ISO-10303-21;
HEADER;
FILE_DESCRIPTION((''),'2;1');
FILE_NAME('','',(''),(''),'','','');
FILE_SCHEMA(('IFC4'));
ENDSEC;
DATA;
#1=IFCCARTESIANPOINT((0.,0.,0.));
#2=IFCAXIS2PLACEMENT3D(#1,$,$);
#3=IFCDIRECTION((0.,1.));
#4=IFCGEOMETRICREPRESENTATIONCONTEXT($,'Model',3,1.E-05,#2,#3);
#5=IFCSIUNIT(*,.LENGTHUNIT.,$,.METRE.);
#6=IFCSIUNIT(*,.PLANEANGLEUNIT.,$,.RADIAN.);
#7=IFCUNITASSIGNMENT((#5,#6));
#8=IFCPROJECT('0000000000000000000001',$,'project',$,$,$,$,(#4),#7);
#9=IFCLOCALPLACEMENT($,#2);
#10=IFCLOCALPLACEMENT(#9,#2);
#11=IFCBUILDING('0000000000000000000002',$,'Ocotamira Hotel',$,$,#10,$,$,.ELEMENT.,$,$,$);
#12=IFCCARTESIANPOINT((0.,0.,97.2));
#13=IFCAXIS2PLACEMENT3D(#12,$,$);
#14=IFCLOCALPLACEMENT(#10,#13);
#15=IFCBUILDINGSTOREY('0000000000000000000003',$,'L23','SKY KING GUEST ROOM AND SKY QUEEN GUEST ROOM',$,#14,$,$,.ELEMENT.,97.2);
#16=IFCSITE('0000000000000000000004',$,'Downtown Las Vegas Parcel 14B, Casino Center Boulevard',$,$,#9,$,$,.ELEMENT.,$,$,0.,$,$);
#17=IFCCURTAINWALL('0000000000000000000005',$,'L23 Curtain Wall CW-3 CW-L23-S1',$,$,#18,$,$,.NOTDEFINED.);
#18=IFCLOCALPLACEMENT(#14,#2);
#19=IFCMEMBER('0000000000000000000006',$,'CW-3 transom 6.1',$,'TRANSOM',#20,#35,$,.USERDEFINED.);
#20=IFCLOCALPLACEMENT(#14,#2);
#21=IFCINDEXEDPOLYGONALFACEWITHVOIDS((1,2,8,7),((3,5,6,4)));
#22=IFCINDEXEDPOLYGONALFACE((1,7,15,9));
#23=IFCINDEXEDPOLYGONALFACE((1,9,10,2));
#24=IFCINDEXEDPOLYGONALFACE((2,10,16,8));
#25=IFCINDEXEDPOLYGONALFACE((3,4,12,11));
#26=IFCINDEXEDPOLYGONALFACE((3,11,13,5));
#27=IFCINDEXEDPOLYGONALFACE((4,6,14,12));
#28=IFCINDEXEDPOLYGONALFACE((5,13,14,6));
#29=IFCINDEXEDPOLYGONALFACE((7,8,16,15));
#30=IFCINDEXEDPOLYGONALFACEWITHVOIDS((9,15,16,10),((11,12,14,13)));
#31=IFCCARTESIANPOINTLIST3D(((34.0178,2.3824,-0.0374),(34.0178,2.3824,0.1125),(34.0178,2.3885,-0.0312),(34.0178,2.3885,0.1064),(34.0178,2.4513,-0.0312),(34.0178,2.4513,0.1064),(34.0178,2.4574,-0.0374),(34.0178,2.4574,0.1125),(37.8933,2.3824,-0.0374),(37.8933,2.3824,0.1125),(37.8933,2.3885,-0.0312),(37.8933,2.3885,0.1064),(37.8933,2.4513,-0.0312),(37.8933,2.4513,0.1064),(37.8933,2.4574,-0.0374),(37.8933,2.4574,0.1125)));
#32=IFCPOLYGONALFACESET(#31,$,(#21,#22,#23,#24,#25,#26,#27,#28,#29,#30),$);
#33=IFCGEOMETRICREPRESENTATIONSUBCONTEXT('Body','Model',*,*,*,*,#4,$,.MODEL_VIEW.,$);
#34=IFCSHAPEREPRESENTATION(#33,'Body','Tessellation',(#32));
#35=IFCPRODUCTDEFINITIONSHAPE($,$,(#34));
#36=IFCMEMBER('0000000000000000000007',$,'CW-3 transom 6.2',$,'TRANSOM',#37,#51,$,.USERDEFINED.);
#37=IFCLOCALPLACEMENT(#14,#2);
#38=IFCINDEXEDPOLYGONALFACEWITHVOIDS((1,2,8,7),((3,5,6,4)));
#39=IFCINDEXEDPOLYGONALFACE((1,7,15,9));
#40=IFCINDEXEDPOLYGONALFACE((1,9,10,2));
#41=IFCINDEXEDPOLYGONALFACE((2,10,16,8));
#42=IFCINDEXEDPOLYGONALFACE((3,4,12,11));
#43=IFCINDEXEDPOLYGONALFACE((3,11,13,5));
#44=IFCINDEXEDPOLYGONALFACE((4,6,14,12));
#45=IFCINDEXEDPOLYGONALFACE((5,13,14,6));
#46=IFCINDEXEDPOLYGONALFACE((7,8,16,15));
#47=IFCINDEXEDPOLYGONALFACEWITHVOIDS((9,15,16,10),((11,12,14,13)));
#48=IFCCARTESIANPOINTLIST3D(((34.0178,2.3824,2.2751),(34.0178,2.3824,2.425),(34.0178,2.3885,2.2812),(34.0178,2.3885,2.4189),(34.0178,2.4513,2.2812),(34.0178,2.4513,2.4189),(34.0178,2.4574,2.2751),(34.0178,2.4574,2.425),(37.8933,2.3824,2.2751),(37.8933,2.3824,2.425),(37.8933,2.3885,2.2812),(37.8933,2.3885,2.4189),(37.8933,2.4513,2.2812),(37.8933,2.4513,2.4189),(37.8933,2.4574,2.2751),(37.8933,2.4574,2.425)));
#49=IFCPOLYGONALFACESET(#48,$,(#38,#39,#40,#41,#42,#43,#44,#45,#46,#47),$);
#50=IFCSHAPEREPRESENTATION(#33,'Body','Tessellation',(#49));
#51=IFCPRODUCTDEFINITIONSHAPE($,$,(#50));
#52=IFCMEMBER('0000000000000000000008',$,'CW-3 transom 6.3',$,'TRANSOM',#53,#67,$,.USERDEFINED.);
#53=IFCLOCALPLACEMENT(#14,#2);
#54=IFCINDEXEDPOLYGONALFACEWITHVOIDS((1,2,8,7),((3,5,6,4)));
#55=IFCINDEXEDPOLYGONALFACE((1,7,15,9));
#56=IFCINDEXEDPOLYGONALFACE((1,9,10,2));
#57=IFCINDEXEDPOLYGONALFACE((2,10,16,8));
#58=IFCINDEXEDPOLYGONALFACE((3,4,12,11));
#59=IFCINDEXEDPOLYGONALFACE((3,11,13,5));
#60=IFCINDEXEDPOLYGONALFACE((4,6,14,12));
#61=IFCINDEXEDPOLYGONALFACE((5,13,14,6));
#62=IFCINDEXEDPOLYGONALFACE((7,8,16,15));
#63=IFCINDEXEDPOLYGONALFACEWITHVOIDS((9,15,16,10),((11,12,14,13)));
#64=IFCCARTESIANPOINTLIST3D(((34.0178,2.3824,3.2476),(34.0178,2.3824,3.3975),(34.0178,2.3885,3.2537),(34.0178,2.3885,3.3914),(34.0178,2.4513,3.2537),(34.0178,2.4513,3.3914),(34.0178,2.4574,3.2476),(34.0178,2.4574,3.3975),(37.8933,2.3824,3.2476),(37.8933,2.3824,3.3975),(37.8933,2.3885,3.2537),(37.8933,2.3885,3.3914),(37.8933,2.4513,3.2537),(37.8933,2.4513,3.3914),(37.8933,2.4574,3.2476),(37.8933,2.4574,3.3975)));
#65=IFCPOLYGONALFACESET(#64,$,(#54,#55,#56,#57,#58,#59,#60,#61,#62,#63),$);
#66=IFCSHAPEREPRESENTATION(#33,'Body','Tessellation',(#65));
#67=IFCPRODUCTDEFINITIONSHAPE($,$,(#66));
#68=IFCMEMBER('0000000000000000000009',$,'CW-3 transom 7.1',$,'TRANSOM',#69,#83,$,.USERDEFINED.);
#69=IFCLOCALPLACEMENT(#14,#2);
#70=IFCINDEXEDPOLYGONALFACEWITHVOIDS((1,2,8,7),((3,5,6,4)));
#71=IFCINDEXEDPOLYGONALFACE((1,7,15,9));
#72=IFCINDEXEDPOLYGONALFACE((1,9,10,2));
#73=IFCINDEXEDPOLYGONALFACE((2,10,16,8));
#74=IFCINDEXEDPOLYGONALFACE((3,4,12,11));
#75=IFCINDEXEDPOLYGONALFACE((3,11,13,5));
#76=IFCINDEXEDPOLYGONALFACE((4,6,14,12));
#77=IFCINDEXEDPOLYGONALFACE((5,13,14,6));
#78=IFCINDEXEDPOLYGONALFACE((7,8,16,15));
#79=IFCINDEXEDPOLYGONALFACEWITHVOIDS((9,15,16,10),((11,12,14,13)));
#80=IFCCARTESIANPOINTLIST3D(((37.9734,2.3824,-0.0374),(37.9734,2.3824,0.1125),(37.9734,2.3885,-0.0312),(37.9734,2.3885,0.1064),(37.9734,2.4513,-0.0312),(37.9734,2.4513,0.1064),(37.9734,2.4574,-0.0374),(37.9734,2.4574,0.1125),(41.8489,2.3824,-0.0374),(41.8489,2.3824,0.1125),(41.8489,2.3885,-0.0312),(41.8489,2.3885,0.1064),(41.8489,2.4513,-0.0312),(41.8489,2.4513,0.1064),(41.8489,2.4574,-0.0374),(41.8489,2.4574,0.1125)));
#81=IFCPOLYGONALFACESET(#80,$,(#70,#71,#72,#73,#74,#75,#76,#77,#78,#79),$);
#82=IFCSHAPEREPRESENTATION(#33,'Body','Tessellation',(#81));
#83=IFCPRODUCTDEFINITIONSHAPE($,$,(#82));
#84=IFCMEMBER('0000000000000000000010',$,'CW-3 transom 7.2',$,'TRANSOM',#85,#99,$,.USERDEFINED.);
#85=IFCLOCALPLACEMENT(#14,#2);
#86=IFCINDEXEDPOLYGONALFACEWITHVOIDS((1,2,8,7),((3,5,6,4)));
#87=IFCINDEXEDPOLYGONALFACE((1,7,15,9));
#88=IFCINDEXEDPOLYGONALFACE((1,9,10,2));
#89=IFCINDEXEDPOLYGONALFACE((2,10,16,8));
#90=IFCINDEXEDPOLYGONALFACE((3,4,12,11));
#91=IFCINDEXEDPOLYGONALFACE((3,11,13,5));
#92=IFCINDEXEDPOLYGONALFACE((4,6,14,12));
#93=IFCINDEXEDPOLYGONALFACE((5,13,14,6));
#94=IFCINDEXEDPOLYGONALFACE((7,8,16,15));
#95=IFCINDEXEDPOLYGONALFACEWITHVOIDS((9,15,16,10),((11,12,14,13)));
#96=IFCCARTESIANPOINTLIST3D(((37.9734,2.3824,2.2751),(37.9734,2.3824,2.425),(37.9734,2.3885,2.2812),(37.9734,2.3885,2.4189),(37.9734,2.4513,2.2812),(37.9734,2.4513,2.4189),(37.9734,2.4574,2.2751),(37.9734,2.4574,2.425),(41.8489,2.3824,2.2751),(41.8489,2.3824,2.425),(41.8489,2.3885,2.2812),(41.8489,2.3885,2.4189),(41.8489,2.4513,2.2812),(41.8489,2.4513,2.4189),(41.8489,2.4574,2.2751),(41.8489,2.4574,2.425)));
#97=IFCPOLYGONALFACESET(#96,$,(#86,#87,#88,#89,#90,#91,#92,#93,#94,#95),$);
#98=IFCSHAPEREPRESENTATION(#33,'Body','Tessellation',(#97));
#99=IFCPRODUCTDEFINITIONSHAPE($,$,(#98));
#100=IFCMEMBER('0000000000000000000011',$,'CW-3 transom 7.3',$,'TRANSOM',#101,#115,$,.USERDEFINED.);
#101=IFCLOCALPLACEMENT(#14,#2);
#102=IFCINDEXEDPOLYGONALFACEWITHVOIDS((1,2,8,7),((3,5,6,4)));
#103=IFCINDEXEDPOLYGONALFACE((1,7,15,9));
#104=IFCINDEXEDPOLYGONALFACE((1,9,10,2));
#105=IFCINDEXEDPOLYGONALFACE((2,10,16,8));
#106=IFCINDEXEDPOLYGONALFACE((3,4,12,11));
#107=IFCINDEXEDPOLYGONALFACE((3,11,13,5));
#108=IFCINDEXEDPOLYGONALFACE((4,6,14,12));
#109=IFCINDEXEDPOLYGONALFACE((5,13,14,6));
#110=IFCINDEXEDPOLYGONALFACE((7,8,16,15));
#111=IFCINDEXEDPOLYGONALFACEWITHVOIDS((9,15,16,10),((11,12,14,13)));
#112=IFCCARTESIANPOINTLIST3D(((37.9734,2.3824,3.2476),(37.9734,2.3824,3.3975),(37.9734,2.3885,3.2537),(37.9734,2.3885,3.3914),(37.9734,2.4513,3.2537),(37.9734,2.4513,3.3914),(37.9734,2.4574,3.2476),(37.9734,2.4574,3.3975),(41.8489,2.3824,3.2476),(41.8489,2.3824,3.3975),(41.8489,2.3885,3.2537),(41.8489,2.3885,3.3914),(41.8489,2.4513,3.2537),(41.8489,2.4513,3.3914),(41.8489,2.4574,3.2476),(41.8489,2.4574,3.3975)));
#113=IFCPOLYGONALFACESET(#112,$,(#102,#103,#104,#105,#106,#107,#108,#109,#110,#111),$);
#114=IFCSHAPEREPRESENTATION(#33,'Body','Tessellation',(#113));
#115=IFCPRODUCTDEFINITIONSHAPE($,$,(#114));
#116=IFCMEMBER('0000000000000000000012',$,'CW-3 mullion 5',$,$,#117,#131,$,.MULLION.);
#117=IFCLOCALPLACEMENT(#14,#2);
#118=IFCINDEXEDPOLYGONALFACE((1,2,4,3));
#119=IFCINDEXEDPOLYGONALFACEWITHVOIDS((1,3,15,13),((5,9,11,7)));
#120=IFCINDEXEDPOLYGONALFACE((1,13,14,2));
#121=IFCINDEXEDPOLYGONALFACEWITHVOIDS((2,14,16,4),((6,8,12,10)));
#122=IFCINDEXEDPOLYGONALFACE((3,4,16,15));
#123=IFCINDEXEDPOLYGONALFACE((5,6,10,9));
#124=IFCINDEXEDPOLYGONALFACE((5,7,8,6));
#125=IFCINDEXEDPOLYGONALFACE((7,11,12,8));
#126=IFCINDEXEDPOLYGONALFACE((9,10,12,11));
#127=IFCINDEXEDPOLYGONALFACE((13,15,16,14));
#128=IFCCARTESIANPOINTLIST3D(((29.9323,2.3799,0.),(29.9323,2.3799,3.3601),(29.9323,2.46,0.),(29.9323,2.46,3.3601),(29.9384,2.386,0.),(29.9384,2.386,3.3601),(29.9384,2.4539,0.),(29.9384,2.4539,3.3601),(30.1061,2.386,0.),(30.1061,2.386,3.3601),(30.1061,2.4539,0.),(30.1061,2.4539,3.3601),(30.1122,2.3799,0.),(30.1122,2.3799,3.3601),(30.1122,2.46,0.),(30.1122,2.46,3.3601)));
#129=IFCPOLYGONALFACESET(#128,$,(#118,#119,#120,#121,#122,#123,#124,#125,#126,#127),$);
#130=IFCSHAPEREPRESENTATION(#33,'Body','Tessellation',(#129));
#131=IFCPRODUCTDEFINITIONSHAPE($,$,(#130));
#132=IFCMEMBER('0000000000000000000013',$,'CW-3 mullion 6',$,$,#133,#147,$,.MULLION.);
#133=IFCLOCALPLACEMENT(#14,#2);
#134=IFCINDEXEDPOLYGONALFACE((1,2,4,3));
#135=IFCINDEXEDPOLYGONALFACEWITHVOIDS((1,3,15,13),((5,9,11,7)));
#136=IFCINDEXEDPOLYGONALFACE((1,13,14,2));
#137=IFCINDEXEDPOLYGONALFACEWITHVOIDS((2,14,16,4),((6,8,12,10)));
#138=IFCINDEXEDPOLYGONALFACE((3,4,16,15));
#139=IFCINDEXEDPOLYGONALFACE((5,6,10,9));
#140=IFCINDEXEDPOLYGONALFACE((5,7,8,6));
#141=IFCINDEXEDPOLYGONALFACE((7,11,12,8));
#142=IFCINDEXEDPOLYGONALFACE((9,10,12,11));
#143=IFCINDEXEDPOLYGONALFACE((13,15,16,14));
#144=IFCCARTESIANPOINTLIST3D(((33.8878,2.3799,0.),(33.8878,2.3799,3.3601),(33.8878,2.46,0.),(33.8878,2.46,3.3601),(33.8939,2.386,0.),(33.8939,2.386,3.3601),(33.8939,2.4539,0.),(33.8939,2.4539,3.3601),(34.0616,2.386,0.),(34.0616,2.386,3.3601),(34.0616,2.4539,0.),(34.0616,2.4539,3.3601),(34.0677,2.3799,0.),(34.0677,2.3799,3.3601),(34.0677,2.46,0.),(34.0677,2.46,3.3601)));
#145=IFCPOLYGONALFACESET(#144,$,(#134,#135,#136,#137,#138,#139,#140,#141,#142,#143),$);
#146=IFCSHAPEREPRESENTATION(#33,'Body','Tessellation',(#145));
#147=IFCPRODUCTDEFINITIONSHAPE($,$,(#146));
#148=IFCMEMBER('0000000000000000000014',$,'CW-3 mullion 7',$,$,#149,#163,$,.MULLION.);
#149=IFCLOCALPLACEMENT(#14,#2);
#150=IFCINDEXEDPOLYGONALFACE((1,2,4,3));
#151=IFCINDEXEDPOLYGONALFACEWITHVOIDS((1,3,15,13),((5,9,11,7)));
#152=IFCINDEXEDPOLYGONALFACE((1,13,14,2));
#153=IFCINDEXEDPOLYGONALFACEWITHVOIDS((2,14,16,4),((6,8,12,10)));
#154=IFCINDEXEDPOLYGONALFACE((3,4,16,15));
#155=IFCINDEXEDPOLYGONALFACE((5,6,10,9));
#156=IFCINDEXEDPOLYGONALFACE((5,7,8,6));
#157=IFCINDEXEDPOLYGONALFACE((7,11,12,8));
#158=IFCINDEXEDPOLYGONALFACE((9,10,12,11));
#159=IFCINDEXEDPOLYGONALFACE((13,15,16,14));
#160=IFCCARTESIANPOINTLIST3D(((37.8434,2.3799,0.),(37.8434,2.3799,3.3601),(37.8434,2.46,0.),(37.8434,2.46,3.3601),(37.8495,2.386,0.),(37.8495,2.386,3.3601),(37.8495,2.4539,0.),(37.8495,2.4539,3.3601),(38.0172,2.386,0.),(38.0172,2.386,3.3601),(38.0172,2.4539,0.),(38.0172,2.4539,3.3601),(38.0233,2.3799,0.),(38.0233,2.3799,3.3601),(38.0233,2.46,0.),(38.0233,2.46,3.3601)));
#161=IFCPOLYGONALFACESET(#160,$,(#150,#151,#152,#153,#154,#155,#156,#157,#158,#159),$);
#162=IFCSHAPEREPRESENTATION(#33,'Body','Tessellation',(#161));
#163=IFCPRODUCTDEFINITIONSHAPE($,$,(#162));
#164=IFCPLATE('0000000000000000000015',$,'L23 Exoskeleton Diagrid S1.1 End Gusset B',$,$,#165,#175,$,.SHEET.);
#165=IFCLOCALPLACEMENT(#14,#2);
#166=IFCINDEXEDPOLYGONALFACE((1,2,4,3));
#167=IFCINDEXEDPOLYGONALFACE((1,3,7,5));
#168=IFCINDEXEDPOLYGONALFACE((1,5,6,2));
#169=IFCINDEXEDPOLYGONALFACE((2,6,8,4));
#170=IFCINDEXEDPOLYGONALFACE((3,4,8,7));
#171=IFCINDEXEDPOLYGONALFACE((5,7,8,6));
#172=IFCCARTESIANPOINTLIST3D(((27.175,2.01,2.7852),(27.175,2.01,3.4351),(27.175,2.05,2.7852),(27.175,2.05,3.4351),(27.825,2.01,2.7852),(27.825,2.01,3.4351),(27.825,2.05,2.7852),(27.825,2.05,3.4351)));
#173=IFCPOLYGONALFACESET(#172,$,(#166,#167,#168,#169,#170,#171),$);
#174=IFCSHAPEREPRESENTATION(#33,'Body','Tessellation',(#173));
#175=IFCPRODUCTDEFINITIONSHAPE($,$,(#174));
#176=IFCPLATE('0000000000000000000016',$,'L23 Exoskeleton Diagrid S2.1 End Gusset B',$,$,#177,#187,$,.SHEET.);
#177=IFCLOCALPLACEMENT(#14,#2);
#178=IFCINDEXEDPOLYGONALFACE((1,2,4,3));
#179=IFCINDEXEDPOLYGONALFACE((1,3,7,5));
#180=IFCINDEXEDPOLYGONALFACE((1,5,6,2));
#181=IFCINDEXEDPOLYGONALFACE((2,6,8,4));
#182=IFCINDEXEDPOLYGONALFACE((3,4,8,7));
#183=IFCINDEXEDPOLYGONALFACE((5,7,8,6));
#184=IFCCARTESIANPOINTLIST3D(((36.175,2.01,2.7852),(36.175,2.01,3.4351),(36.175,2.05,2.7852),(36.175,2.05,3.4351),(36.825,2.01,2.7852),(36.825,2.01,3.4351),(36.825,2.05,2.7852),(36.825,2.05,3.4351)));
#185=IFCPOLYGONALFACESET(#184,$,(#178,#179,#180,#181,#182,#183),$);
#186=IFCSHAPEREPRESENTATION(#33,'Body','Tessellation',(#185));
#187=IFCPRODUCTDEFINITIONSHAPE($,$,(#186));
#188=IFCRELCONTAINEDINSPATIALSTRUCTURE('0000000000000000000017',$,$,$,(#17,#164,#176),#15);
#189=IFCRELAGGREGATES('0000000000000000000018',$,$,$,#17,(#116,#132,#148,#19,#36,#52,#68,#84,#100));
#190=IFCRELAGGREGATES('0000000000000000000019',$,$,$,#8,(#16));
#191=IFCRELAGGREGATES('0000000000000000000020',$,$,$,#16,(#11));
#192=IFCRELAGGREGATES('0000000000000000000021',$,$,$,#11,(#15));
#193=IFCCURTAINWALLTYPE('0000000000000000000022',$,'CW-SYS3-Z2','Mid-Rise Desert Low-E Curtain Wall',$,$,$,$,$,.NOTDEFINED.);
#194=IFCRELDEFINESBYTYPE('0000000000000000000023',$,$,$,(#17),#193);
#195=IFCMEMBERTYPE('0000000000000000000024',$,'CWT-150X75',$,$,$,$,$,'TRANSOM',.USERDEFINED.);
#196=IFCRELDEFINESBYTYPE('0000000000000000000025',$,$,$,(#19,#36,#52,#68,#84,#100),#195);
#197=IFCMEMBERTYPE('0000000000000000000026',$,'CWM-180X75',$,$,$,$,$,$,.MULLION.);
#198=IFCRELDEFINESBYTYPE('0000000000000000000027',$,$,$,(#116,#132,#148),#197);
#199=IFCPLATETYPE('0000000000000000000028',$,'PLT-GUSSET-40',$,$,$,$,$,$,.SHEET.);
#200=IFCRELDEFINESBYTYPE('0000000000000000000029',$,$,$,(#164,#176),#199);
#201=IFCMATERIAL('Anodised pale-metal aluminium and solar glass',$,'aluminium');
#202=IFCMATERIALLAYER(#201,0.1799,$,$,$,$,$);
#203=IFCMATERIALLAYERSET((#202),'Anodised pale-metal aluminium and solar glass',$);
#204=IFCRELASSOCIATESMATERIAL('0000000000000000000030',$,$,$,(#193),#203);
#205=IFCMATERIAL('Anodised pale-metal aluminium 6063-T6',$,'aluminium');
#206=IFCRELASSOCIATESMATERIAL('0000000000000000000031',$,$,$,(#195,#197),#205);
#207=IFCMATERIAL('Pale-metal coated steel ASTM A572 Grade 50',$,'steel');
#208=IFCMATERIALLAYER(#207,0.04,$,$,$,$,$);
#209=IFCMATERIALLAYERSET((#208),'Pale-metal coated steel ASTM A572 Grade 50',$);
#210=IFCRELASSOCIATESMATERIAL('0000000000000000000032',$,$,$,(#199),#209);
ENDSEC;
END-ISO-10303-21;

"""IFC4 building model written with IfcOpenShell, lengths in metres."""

from ifc_helpers import new_model, si_unit, direction, frame, origin, origin_2d, place, context, subcontext, project, spatial, rectangle, hollow_rectangle, extrude, source, transform, mapped, material, layer, layer_set, material_profile, profile_set, type_object, element, aggregate, save


model = new_model("IFC4")

# Units and contexts
model_context = context("Model", 3, precision=1e-05, world=origin(), true_north=direction((0.0, 1.0)))
body_context = subcontext(model_context, "Body", "Model", "MODEL_VIEW")
ifc_project = project(units=[si_unit("LENGTHUNIT", "METRE"), si_unit("PLANEANGLEUNIT", "RADIAN")], contexts=[model_context])

# Site, building, storey
site_placement = place(None, origin())
site = spatial("IfcSite", under=ifc_project, at=site_placement, Name="Downtown Las Vegas Parcel 14B, Casino Center Boulevard", CompositionType="ELEMENT", RefElevation=0.0)
building_placement = place(site_placement, origin())
building = spatial("IfcBuilding", under=site, at=building_placement, Name="Ocotamira Hotel", CompositionType="ELEMENT")
storey_placement = place(building_placement, frame((0.0, 0.0, 97.2)))
storey = spatial("IfcBuildingStorey", under=building, at=storey_placement, Name="L23", Description="SKY KING GUEST ROOM AND SKY QUEEN GUEST ROOM", CompositionType="ELEMENT", Elevation=97.2)

# Curtain wall, members
ifc_material_1 = material(Name="Anodised pale-metal aluminium and solar glass", Category="aluminium")
ifc_layer_1 = layer(ifc_material_1, 0.1799)
ifc_layer_set_1 = layer_set([ifc_layer_1], Name="Anodised pale-metal aluminium and solar glass")
curtain_wall_type = type_object("IfcCurtainWallType", Name="CW-SYS3-Z2", Description="Mid-Rise Desert Low-E Curtain Wall", PredefinedType="NOTDEFINED", material=ifc_layer_set_1)
curtain_wall_placement = place(storey_placement, origin())
curtain_wall = element("IfcCurtainWall", 1, at=curtain_wall_placement, inside=storey, type_object=curtain_wall_type, Name="L23 Curtain Wall CW-3 CW-L23-S1", PredefinedType="NOTDEFINED")
ifc_material_2 = material(Name="Anodised pale-metal aluminium 6063-T6", Category="aluminium")
ifc_material_profile_1 = material_profile(ifc_material_2, hollow_rectangle(XDim=0.075, YDim=0.1499, WallThickness=0.0061, at=origin_2d()), Name="HSS150X75X6")
ifc_profile_set_1 = profile_set([ifc_material_profile_1], Name="Anodised pale-metal aluminium 6063-T6")
member_type_1 = type_object("IfcMemberType", Name="CWT-150X75", ElementType="TRANSOM", PredefinedType="USERDEFINED", material=ifc_profile_set_1)
shared_shape_1 = source(origin(), body_context, "Body", "SweptSolid", [
    extrude(hollow_rectangle(XDim=0.075, YDim=0.1499, WallThickness=0.0061, at=origin_2d()), origin(), (0.0, 0.0, 1.0), 3.8755),
])
member_1_placement = place(storey_placement, frame((34.0178, 2.4199, 0.0376), z_axis=(1.0, 0.0, 0.0), x_axis=(0.0, 1.0, 0.0)))
member_1 = element("IfcMember", 2, at=member_1_placement, type_object=member_type_1, Name="CW-3 transom 6.1", ObjectType="TRANSOM", PredefinedType="USERDEFINED", context=body_context, shape_type="MappedRepresentation", body=[
    mapped(shared_shape_1, transform((0.0, 0.0, 0.0), scale=1.0)),
])
member_2_placement = place(storey_placement, frame((34.0178, 2.4199, 2.3501), z_axis=(1.0, 0.0, 0.0), x_axis=(0.0, 1.0, 0.0)))
member_2 = element("IfcMember", 3, at=member_2_placement, type_object=member_type_1, Name="CW-3 transom 6.2", ObjectType="TRANSOM", PredefinedType="USERDEFINED", context=body_context, shape_type="MappedRepresentation", body=[
    mapped(shared_shape_1, transform((0.0, 0.0, 0.0), scale=1.0)),
])
member_3_placement = place(storey_placement, frame((34.0178, 2.4199, 3.3225), z_axis=(1.0, 0.0, 0.0), x_axis=(0.0, 1.0, 0.0)))
member_3 = element("IfcMember", 4, at=member_3_placement, type_object=member_type_1, Name="CW-3 transom 6.3", ObjectType="TRANSOM", PredefinedType="USERDEFINED", context=body_context, shape_type="MappedRepresentation", body=[
    mapped(shared_shape_1, transform((0.0, 0.0, 0.0), scale=1.0)),
])
member_4_placement = place(storey_placement, frame((37.9734, 2.4199, 0.0376), z_axis=(1.0, 0.0, 0.0), x_axis=(0.0, 1.0, 0.0)))
member_4 = element("IfcMember", 5, at=member_4_placement, type_object=member_type_1, Name="CW-3 transom 7.1", ObjectType="TRANSOM", PredefinedType="USERDEFINED", context=body_context, shape_type="MappedRepresentation", body=[
    mapped(shared_shape_1, transform((0.0, 0.0, 0.0), scale=1.0)),
])
member_5_placement = place(storey_placement, frame((37.9734, 2.4199, 2.3501), z_axis=(1.0, 0.0, 0.0), x_axis=(0.0, 1.0, 0.0)))
member_5 = element("IfcMember", 6, at=member_5_placement, type_object=member_type_1, Name="CW-3 transom 7.2", ObjectType="TRANSOM", PredefinedType="USERDEFINED", context=body_context, shape_type="MappedRepresentation", body=[
    mapped(shared_shape_1, transform((0.0, 0.0, 0.0), scale=1.0)),
])
member_6_placement = place(storey_placement, frame((37.9734, 2.4199, 3.3225), z_axis=(1.0, 0.0, 0.0), x_axis=(0.0, 1.0, 0.0)))
member_6 = element("IfcMember", 7, at=member_6_placement, type_object=member_type_1, Name="CW-3 transom 7.3", ObjectType="TRANSOM", PredefinedType="USERDEFINED", context=body_context, shape_type="MappedRepresentation", body=[
    mapped(shared_shape_1, transform((0.0, 0.0, 0.0), scale=1.0)),
])
ifc_material_profile_2 = material_profile(ifc_material_2, hollow_rectangle(XDim=0.0801, YDim=0.1799, WallThickness=0.0061, at=origin_2d()), Name="HSS180X80X6")
ifc_profile_set_2 = profile_set([ifc_material_profile_2], Name="Anodised pale-metal aluminium 6063-T6")
member_type_2 = type_object("IfcMemberType", Name="CWM-180X75", PredefinedType="MULLION", material=ifc_profile_set_2)
shared_shape_2 = source(origin(), body_context, "Body", "SweptSolid", [
    extrude(hollow_rectangle(XDim=0.0801, YDim=0.1799, WallThickness=0.0061, at=origin_2d()), origin(), (0.0, 0.0, 1.0), 3.3601),
])
member_7_placement = place(storey_placement, frame((30.0222, 2.4199, 0.0), z_axis=(0.0, 0.0, 1.0), x_axis=(0.0, 1.0, 0.0)))
member_7 = element("IfcMember", 8, at=member_7_placement, type_object=member_type_2, Name="CW-3 mullion 5", PredefinedType="MULLION", context=body_context, shape_type="MappedRepresentation", body=[
    mapped(shared_shape_2, transform((0.0, 0.0, 0.0), scale=1.0)),
])
member_8_placement = place(storey_placement, frame((33.9778, 2.4199, 0.0), z_axis=(0.0, 0.0, 1.0), x_axis=(0.0, 1.0, 0.0)))
member_8 = element("IfcMember", 9, at=member_8_placement, type_object=member_type_2, Name="CW-3 mullion 6", PredefinedType="MULLION", context=body_context, shape_type="MappedRepresentation", body=[
    mapped(shared_shape_2, transform((0.0, 0.0, 0.0), scale=1.0)),
])
member_9_placement = place(storey_placement, frame((37.9333, 2.4199, 0.0), z_axis=(0.0, 0.0, 1.0), x_axis=(0.0, 1.0, 0.0)))
member_9 = element("IfcMember", 10, at=member_9_placement, type_object=member_type_2, Name="CW-3 mullion 7", PredefinedType="MULLION", context=body_context, shape_type="MappedRepresentation", body=[
    mapped(shared_shape_2, transform((0.0, 0.0, 0.0), scale=1.0)),
])

# Plates
ifc_material_3 = material(Name="Pale-metal coated steel ASTM A572 Grade 50", Category="steel")
ifc_layer_2 = layer(ifc_material_3, 0.04)
ifc_layer_set_2 = layer_set([ifc_layer_2], Name="Pale-metal coated steel ASTM A572 Grade 50")
plate_type_1 = type_object("IfcPlateType", Name="PLT-GUSSET-40", PredefinedType="SHEET", material=ifc_layer_set_2)
shared_shape_3 = source(origin(), body_context, "Body", "SweptSolid", [
    extrude(rectangle(XDim=0.6499, YDim=0.04, at=origin_2d()), origin(), (0.0, 0.0, 1.0), 0.6499),
])
for number, where, z_axis, x_axis, name in (
    (11, (27.5, 2.03, 2.7852), (0.0, 0.0, 1.0), (1.0, 0.0, 0.0), "L23 Exoskeleton Diagrid S1.1 End Gusset B"),
    (12, (36.5, 2.03, 2.7852), (0.0, 0.0, 1.0), (1.0, 0.0, 0.0), "L23 Exoskeleton Diagrid S2.1 End Gusset B"),
):
    element("IfcPlate", number, at=place(storey_placement, frame(where, z_axis=z_axis, x_axis=x_axis)), inside=storey, type_object=plate_type_1, Name=name, PredefinedType="SHEET", context=body_context, shape_type="MappedRepresentation", body=[
        mapped(shared_shape_3, transform((0.0, 0.0, 0.0), scale=1.0)),
    ])

aggregate(curtain_wall, [member_7, member_8, member_9, member_1, member_2, member_3, member_4, member_5, member_6])

save(model, "model.ifc")
